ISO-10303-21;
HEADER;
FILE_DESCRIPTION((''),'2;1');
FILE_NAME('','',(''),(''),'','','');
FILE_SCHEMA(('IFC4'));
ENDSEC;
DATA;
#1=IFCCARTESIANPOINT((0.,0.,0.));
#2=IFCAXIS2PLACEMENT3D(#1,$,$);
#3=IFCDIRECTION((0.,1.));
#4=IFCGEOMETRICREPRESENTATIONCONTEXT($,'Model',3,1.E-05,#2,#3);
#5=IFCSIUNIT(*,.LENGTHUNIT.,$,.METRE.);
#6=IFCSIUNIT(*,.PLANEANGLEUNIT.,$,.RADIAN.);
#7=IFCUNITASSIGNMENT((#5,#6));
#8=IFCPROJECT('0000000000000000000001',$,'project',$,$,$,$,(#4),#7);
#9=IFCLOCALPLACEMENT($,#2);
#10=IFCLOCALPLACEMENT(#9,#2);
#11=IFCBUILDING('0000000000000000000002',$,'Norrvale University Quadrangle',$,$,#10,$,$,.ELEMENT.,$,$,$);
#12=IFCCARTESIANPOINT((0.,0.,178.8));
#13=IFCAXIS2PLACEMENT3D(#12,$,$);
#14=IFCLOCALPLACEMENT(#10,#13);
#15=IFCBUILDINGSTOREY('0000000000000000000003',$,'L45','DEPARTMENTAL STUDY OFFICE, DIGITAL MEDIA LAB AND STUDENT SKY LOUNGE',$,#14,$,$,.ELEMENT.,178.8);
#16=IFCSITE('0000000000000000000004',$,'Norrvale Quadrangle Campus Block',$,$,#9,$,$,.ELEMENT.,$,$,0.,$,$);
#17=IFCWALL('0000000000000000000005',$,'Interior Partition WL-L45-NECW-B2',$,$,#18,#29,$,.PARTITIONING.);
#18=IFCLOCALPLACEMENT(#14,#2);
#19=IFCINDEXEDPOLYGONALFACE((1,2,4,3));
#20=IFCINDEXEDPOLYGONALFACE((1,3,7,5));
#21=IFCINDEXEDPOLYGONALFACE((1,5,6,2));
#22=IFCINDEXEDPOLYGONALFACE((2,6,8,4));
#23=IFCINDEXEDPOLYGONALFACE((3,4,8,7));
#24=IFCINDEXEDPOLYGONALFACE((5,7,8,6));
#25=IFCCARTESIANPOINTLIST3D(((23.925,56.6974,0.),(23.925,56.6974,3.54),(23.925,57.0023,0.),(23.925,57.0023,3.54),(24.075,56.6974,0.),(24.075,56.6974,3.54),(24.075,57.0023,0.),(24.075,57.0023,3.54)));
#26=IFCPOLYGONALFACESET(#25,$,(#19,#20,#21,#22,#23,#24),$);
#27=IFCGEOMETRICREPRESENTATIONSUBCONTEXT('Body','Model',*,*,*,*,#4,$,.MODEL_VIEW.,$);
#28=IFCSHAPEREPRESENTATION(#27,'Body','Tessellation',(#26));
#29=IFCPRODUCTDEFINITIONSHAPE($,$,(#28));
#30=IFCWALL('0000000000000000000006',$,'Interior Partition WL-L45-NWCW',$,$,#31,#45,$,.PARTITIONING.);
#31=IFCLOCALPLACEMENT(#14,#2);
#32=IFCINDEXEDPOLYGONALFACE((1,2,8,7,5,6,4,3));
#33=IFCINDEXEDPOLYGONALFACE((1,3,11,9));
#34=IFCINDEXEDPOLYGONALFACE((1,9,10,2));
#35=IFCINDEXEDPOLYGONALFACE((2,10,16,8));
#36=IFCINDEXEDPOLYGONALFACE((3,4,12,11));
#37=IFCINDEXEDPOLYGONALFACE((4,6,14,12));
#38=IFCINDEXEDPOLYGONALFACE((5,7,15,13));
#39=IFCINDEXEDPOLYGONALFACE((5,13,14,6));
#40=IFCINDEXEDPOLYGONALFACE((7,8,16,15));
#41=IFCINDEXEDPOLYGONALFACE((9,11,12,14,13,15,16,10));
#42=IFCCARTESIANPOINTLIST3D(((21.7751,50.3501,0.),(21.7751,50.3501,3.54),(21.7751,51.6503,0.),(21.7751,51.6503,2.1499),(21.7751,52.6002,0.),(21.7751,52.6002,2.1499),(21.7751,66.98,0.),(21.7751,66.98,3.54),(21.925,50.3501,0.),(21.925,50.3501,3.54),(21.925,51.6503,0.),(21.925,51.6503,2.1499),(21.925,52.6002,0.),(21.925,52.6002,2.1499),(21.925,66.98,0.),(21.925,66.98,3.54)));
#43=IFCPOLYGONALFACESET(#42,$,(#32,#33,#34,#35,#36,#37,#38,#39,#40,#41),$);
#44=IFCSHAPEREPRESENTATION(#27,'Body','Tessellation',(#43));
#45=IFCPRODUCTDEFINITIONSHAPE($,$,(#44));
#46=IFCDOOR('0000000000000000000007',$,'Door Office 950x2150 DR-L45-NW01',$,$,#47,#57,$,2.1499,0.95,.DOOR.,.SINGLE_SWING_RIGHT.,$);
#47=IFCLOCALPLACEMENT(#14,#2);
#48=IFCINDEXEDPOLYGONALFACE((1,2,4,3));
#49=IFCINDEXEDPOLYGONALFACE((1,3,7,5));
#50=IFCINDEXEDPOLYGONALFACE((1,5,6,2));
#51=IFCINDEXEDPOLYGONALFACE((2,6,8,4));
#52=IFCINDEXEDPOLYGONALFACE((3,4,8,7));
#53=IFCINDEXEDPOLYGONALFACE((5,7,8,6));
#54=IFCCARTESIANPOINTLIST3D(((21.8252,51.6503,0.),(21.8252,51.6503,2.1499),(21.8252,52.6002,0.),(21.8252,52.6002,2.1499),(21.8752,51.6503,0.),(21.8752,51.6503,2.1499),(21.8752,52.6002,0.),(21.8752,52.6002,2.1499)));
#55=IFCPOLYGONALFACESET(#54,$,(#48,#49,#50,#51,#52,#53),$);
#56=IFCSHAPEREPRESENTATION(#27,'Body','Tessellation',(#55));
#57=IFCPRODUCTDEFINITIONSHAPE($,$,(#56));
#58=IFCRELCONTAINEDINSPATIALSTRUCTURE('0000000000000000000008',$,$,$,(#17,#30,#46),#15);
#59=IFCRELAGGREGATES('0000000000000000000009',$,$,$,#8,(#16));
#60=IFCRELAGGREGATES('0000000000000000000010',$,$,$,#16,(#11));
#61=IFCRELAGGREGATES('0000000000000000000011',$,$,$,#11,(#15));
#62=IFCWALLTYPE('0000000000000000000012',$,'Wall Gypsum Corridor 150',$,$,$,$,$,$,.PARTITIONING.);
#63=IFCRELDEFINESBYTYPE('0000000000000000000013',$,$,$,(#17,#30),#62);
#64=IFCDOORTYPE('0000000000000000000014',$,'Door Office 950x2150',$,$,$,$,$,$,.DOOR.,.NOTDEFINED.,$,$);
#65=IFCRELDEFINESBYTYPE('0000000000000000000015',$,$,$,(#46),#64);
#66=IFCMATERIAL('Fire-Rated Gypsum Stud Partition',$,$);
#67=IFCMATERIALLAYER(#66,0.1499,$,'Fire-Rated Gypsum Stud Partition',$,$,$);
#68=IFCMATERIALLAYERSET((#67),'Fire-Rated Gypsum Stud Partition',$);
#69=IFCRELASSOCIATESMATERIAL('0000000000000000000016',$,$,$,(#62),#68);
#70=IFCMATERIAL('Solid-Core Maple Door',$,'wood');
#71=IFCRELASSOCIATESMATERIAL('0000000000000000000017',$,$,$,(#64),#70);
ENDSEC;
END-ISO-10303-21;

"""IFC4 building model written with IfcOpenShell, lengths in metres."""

from ifc_helpers import new_model, si_unit, direction, frame, frame_2d, origin, place, context, subcontext, project, spatial, rectangle, extrude, material, layer, layer_set, type_object, element, fill, save


model = new_model("IFC4")

# Units and contexts
model_context = context("Model", 3, precision=1e-05, world=origin(), true_north=direction((0.0, 1.0)))
body_context = subcontext(model_context, "Body", "Model", "MODEL_VIEW")
ifc_project = project(units=[si_unit("LENGTHUNIT", "METRE"), si_unit("PLANEANGLEUNIT", "RADIAN")], contexts=[model_context])

# Site, building, storey
site_placement = place(None, origin())
site = spatial("IfcSite", under=ifc_project, at=site_placement, Name="Norrvale Quadrangle Campus Block", CompositionType="ELEMENT", RefElevation=0.0)
building_placement = place(site_placement, origin())
building = spatial("IfcBuilding", under=site, at=building_placement, Name="Norrvale University Quadrangle", CompositionType="ELEMENT")
storey_placement = place(building_placement, frame((0.0, 0.0, 178.8)))
storey = spatial("IfcBuildingStorey", under=building, at=storey_placement, Name="L45", Description="DEPARTMENTAL STUDY OFFICE, DIGITAL MEDIA LAB AND STUDENT SKY LOUNGE", CompositionType="ELEMENT", Elevation=178.8)

# Shared definitions
ifc_material_1 = material(Name="Fire-Rated Gypsum Stud Partition")
ifc_layer_1 = layer(ifc_material_1, 0.1499, Name="Fire-Rated Gypsum Stud Partition")
ifc_layer_set_1 = layer_set([ifc_layer_1], Name="Fire-Rated Gypsum Stud Partition")
wall_type_1 = type_object("IfcWallType", Name="Wall Gypsum Corridor 150", PredefinedType="PARTITIONING", material=ifc_layer_set_1)

# Shared definitions
ifc_material_2 = material(Name="Solid-Core Maple Door", Category="wood")
door_type_1 = type_object("IfcDoorType", Name="Door Office 950x2150", OperationType="NOTDEFINED", PredefinedType="DOOR", material=ifc_material_2)

# Wall
wall_1_placement = place(storey_placement, frame((24.0, 56.6975, 0.0), z_axis=(0.0, 0.0, 1.0), x_axis=(0.0, 1.0, 0.0)))
element("IfcWall", 1, at=wall_1_placement, inside=storey, type_object=wall_type_1, Name="Interior Partition WL-L45-NECW-B2", PredefinedType="PARTITIONING", context=body_context, shape_type="SweptSolid", body=[
    extrude(rectangle(XDim=0.3049, YDim=0.1499, at=frame_2d((0.1523, 0.0))), origin(), (0.0, 0.0, 1.0), 3.54),
])

# Wall, opening, door
wall_2_placement = place(storey_placement, frame((21.8501, 50.3501, 0.0), z_axis=(0.0, 0.0, 1.0), x_axis=(0.0, 1.0, 0.0)))
wall_2 = element("IfcWall", 2, at=wall_2_placement, inside=storey, type_object=wall_type_1, Name="Interior Partition WL-L45-NWCW", PredefinedType="PARTITIONING", context=body_context, shape_type="SweptSolid", body=[
    extrude(rectangle(XDim=16.6299, YDim=0.1499, at=frame_2d((8.3149, 0.0))), origin(), (0.0, 0.0, 1.0), 3.54),
])
opening_1_placement = place(wall_2_placement, frame((1.3, 0.0, 0.0)))
opening_1 = element("IfcOpeningElement", 3, at=opening_1_placement, cuts=wall_2, PredefinedType="OPENING", context=body_context, shape_type="SweptSolid", body=[
    extrude(rectangle(XDim=0.95, YDim=2.1499, at=frame_2d((0.4751, 1.075))), frame((0.0, 0.0869, 0.0), z_axis=(0.0, -1.0, 0.0), x_axis=(1.0, 0.0, 0.0)), (0.0, 0.0, 1.0), 0.1738),
])
door_1_placement = place(opening_1_placement, origin())
door_1 = element("IfcDoor", 4, at=door_1_placement, inside=storey, type_object=door_type_1, Name="Door Office 950x2150 DR-L45-NW01", OperationType="SINGLE_SWING_RIGHT", OverallHeight=2.1499, OverallWidth=0.95, PredefinedType="DOOR", context=body_context, shape_type="SweptSolid", body=[
    extrude(rectangle(XDim=0.95, YDim=2.1499, at=frame_2d((0.4751, 1.075))), frame((0.0, 0.0249, 0.0), z_axis=(0.0, -1.0, 0.0), x_axis=(1.0, 0.0, 0.0)), (0.0, 0.0, 1.0), 0.05),
])
fill(opening_1, door_1)

save(model, "model.ifc")
